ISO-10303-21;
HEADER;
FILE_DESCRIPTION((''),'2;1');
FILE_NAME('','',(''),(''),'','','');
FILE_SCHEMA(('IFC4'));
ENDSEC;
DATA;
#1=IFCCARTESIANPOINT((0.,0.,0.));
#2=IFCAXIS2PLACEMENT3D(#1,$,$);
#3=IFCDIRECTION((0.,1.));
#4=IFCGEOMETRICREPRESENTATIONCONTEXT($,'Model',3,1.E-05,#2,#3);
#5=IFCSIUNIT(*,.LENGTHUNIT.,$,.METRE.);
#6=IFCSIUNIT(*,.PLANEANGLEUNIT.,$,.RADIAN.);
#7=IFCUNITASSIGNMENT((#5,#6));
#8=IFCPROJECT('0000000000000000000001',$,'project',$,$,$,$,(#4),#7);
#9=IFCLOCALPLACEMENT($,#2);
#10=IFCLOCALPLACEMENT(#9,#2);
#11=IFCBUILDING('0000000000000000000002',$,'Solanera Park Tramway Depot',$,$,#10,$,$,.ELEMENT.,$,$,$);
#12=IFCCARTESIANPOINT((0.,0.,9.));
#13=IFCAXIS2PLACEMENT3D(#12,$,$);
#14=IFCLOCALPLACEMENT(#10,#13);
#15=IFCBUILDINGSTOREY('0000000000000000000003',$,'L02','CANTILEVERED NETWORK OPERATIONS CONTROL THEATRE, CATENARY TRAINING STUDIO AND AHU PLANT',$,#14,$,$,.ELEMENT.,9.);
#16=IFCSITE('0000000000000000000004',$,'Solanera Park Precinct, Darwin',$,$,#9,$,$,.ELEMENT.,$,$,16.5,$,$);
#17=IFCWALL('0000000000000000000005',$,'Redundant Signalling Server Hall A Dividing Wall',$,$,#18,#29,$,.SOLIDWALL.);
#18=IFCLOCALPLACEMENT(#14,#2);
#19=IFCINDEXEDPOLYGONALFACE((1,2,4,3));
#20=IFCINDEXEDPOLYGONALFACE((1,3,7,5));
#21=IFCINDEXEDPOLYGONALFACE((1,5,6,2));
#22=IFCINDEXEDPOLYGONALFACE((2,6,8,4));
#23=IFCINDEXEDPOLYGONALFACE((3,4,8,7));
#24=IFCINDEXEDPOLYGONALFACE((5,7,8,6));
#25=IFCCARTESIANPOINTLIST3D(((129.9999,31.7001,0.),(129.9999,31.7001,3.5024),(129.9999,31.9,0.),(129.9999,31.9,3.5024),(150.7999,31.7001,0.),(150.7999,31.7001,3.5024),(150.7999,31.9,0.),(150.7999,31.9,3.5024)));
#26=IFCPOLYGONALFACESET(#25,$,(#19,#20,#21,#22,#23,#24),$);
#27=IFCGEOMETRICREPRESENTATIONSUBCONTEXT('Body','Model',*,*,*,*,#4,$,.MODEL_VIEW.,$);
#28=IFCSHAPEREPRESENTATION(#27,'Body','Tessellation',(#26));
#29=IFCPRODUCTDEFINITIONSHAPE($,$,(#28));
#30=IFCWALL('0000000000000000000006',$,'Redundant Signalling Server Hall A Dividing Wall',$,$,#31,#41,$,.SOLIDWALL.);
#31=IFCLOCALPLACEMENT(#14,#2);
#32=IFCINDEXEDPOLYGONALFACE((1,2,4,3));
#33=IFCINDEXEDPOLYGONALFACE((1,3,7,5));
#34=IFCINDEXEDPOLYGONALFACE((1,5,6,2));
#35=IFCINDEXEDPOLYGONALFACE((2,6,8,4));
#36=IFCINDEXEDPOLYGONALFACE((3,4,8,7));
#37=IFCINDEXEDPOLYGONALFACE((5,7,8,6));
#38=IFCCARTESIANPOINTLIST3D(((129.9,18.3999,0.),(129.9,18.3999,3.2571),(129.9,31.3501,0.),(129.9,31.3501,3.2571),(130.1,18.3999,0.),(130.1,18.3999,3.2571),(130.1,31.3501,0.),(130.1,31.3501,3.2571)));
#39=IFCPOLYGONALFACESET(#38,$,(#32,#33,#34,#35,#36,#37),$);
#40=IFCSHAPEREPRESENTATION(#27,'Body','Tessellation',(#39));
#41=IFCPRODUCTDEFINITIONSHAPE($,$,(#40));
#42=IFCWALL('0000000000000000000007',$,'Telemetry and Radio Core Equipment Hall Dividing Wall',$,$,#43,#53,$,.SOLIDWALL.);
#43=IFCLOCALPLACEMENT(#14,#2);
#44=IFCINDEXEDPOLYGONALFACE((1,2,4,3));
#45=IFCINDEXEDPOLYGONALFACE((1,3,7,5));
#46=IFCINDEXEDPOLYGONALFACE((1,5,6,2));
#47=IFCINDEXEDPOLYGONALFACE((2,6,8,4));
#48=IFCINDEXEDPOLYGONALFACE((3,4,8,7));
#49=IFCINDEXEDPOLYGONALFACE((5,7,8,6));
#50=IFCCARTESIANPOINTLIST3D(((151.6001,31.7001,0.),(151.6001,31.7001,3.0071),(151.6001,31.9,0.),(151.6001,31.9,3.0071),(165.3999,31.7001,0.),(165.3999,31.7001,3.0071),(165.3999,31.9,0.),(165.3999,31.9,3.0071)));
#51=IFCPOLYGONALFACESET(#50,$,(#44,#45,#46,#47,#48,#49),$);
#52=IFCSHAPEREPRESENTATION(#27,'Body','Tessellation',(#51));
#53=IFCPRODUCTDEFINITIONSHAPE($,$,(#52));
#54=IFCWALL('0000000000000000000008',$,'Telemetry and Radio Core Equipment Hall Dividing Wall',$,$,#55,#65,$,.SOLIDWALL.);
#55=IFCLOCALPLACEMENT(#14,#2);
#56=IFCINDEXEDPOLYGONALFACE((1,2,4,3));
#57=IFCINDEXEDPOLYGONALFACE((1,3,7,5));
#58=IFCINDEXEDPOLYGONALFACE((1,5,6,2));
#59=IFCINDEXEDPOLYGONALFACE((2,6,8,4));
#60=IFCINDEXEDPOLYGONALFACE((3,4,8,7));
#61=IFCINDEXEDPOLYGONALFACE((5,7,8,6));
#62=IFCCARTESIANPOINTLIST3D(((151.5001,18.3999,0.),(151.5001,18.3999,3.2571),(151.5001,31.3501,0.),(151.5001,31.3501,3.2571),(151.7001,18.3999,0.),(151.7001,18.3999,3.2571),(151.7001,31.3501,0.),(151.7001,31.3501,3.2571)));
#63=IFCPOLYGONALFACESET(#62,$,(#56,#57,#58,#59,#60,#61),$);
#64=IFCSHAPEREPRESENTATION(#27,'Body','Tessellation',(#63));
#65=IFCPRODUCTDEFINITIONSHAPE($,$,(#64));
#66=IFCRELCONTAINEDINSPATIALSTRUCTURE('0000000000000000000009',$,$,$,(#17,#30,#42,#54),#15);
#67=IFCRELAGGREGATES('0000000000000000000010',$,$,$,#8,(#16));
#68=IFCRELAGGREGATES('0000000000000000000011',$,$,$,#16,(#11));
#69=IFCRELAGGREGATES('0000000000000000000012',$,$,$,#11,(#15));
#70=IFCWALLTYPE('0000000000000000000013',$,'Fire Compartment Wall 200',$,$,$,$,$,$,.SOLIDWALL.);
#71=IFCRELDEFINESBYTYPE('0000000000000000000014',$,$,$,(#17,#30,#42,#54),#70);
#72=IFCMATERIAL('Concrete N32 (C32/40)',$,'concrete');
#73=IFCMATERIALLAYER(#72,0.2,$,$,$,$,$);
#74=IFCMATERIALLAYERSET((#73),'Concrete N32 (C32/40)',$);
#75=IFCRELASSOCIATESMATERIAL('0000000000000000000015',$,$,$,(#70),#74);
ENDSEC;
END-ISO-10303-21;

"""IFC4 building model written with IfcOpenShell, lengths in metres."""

from ifc_helpers import new_model, si_unit, direction, frame, frame_2d, origin, place, context, subcontext, project, spatial, rectangle, extrude, material, layer, layer_set, type_object, element, save


model = new_model("IFC4")

# Units and contexts
model_context = context("Model", 3, precision=1e-05, world=origin(), true_north=direction((0.0, 1.0)))
body_context = subcontext(model_context, "Body", "Model", "MODEL_VIEW")
ifc_project = project(units=[si_unit("LENGTHUNIT", "METRE"), si_unit("PLANEANGLEUNIT", "RADIAN")], contexts=[model_context])

# Site, building, storey
site_placement = place(None, origin())
site = spatial("IfcSite", under=ifc_project, at=site_placement, Name="Solanera Park Precinct, Darwin", CompositionType="ELEMENT", RefElevation=16.5)
building_placement = place(site_placement, origin())
building = spatial("IfcBuilding", under=site, at=building_placement, Name="Solanera Park Tramway Depot", CompositionType="ELEMENT")
storey_placement = place(building_placement, frame((0.0, 0.0, 9.0)))
storey = spatial("IfcBuildingStorey", under=building, at=storey_placement, Name="L02", Description="CANTILEVERED NETWORK OPERATIONS CONTROL THEATRE, CATENARY TRAINING STUDIO AND AHU PLANT", CompositionType="ELEMENT", Elevation=9.0)

# Walls
ifc_material_1 = material(Name="Concrete N32 (C32/40)", Category="concrete")
ifc_layer_1 = layer(ifc_material_1, 0.2)
ifc_layer_set_1 = layer_set([ifc_layer_1], Name="Concrete N32 (C32/40)")
wall_type = type_object("IfcWallType", Name="Fire Compartment Wall 200", PredefinedType="SOLIDWALL", material=ifc_layer_set_1)
wall_1_placement = place(storey_placement, frame((130.0, 31.8, 0.0), z_axis=(0.0, 0.0, 1.0), x_axis=(1.0, 0.0, 0.0)))
element("IfcWall", 1, at=wall_1_placement, inside=storey, type_object=wall_type, Name="Redundant Signalling Server Hall A Dividing Wall", PredefinedType="SOLIDWALL", context=body_context, shape_type="SweptSolid", body=[
    extrude(rectangle(XDim=20.8, YDim=0.2, at=frame_2d((10.3999, 0.0))), origin(), (0.0, 0.0, 1.0), 3.5024),
])
wall_2_placement = place(storey_placement, frame((130.0, 31.3501, 0.0), z_axis=(0.0, 0.0, 1.0), x_axis=(0.0, -1.0, 0.0)))
element("IfcWall", 2, at=wall_2_placement, inside=storey, type_object=wall_type, Name="Redundant Signalling Server Hall A Dividing Wall", PredefinedType="SOLIDWALL", context=body_context, shape_type="SweptSolid", body=[
    extrude(rectangle(XDim=12.9502, YDim=0.2, at=frame_2d((6.4751, 0.0))), origin(), (0.0, 0.0, 1.0), 3.2571),
])
wall_3_placement = place(storey_placement, frame((151.6001, 31.8, 0.0), z_axis=(0.0, 0.0, 1.0), x_axis=(1.0, 0.0, 0.0)))
element("IfcWall", 3, at=wall_3_placement, inside=storey, type_object=wall_type, Name="Telemetry and Radio Core Equipment Hall Dividing Wall", PredefinedType="SOLIDWALL", context=body_context, shape_type="SweptSolid", body=[
    extrude(rectangle(XDim=13.7998, YDim=0.2, at=frame_2d((6.8999, 0.0))), origin(), (0.0, 0.0, 1.0), 3.0071),
])
wall_4_placement = place(storey_placement, frame((151.6001, 31.3501, 0.0), z_axis=(0.0, 0.0, 1.0), x_axis=(0.0, -1.0, 0.0)))
element("IfcWall", 4, at=wall_4_placement, inside=storey, type_object=wall_type, Name="Telemetry and Radio Core Equipment Hall Dividing Wall", PredefinedType="SOLIDWALL", context=body_context, shape_type="SweptSolid", body=[
    extrude(rectangle(XDim=12.9502, YDim=0.2, at=frame_2d((6.4751, 0.0))), origin(), (0.0, 0.0, 1.0), 3.2571),
])

save(model, "model.ifc")
